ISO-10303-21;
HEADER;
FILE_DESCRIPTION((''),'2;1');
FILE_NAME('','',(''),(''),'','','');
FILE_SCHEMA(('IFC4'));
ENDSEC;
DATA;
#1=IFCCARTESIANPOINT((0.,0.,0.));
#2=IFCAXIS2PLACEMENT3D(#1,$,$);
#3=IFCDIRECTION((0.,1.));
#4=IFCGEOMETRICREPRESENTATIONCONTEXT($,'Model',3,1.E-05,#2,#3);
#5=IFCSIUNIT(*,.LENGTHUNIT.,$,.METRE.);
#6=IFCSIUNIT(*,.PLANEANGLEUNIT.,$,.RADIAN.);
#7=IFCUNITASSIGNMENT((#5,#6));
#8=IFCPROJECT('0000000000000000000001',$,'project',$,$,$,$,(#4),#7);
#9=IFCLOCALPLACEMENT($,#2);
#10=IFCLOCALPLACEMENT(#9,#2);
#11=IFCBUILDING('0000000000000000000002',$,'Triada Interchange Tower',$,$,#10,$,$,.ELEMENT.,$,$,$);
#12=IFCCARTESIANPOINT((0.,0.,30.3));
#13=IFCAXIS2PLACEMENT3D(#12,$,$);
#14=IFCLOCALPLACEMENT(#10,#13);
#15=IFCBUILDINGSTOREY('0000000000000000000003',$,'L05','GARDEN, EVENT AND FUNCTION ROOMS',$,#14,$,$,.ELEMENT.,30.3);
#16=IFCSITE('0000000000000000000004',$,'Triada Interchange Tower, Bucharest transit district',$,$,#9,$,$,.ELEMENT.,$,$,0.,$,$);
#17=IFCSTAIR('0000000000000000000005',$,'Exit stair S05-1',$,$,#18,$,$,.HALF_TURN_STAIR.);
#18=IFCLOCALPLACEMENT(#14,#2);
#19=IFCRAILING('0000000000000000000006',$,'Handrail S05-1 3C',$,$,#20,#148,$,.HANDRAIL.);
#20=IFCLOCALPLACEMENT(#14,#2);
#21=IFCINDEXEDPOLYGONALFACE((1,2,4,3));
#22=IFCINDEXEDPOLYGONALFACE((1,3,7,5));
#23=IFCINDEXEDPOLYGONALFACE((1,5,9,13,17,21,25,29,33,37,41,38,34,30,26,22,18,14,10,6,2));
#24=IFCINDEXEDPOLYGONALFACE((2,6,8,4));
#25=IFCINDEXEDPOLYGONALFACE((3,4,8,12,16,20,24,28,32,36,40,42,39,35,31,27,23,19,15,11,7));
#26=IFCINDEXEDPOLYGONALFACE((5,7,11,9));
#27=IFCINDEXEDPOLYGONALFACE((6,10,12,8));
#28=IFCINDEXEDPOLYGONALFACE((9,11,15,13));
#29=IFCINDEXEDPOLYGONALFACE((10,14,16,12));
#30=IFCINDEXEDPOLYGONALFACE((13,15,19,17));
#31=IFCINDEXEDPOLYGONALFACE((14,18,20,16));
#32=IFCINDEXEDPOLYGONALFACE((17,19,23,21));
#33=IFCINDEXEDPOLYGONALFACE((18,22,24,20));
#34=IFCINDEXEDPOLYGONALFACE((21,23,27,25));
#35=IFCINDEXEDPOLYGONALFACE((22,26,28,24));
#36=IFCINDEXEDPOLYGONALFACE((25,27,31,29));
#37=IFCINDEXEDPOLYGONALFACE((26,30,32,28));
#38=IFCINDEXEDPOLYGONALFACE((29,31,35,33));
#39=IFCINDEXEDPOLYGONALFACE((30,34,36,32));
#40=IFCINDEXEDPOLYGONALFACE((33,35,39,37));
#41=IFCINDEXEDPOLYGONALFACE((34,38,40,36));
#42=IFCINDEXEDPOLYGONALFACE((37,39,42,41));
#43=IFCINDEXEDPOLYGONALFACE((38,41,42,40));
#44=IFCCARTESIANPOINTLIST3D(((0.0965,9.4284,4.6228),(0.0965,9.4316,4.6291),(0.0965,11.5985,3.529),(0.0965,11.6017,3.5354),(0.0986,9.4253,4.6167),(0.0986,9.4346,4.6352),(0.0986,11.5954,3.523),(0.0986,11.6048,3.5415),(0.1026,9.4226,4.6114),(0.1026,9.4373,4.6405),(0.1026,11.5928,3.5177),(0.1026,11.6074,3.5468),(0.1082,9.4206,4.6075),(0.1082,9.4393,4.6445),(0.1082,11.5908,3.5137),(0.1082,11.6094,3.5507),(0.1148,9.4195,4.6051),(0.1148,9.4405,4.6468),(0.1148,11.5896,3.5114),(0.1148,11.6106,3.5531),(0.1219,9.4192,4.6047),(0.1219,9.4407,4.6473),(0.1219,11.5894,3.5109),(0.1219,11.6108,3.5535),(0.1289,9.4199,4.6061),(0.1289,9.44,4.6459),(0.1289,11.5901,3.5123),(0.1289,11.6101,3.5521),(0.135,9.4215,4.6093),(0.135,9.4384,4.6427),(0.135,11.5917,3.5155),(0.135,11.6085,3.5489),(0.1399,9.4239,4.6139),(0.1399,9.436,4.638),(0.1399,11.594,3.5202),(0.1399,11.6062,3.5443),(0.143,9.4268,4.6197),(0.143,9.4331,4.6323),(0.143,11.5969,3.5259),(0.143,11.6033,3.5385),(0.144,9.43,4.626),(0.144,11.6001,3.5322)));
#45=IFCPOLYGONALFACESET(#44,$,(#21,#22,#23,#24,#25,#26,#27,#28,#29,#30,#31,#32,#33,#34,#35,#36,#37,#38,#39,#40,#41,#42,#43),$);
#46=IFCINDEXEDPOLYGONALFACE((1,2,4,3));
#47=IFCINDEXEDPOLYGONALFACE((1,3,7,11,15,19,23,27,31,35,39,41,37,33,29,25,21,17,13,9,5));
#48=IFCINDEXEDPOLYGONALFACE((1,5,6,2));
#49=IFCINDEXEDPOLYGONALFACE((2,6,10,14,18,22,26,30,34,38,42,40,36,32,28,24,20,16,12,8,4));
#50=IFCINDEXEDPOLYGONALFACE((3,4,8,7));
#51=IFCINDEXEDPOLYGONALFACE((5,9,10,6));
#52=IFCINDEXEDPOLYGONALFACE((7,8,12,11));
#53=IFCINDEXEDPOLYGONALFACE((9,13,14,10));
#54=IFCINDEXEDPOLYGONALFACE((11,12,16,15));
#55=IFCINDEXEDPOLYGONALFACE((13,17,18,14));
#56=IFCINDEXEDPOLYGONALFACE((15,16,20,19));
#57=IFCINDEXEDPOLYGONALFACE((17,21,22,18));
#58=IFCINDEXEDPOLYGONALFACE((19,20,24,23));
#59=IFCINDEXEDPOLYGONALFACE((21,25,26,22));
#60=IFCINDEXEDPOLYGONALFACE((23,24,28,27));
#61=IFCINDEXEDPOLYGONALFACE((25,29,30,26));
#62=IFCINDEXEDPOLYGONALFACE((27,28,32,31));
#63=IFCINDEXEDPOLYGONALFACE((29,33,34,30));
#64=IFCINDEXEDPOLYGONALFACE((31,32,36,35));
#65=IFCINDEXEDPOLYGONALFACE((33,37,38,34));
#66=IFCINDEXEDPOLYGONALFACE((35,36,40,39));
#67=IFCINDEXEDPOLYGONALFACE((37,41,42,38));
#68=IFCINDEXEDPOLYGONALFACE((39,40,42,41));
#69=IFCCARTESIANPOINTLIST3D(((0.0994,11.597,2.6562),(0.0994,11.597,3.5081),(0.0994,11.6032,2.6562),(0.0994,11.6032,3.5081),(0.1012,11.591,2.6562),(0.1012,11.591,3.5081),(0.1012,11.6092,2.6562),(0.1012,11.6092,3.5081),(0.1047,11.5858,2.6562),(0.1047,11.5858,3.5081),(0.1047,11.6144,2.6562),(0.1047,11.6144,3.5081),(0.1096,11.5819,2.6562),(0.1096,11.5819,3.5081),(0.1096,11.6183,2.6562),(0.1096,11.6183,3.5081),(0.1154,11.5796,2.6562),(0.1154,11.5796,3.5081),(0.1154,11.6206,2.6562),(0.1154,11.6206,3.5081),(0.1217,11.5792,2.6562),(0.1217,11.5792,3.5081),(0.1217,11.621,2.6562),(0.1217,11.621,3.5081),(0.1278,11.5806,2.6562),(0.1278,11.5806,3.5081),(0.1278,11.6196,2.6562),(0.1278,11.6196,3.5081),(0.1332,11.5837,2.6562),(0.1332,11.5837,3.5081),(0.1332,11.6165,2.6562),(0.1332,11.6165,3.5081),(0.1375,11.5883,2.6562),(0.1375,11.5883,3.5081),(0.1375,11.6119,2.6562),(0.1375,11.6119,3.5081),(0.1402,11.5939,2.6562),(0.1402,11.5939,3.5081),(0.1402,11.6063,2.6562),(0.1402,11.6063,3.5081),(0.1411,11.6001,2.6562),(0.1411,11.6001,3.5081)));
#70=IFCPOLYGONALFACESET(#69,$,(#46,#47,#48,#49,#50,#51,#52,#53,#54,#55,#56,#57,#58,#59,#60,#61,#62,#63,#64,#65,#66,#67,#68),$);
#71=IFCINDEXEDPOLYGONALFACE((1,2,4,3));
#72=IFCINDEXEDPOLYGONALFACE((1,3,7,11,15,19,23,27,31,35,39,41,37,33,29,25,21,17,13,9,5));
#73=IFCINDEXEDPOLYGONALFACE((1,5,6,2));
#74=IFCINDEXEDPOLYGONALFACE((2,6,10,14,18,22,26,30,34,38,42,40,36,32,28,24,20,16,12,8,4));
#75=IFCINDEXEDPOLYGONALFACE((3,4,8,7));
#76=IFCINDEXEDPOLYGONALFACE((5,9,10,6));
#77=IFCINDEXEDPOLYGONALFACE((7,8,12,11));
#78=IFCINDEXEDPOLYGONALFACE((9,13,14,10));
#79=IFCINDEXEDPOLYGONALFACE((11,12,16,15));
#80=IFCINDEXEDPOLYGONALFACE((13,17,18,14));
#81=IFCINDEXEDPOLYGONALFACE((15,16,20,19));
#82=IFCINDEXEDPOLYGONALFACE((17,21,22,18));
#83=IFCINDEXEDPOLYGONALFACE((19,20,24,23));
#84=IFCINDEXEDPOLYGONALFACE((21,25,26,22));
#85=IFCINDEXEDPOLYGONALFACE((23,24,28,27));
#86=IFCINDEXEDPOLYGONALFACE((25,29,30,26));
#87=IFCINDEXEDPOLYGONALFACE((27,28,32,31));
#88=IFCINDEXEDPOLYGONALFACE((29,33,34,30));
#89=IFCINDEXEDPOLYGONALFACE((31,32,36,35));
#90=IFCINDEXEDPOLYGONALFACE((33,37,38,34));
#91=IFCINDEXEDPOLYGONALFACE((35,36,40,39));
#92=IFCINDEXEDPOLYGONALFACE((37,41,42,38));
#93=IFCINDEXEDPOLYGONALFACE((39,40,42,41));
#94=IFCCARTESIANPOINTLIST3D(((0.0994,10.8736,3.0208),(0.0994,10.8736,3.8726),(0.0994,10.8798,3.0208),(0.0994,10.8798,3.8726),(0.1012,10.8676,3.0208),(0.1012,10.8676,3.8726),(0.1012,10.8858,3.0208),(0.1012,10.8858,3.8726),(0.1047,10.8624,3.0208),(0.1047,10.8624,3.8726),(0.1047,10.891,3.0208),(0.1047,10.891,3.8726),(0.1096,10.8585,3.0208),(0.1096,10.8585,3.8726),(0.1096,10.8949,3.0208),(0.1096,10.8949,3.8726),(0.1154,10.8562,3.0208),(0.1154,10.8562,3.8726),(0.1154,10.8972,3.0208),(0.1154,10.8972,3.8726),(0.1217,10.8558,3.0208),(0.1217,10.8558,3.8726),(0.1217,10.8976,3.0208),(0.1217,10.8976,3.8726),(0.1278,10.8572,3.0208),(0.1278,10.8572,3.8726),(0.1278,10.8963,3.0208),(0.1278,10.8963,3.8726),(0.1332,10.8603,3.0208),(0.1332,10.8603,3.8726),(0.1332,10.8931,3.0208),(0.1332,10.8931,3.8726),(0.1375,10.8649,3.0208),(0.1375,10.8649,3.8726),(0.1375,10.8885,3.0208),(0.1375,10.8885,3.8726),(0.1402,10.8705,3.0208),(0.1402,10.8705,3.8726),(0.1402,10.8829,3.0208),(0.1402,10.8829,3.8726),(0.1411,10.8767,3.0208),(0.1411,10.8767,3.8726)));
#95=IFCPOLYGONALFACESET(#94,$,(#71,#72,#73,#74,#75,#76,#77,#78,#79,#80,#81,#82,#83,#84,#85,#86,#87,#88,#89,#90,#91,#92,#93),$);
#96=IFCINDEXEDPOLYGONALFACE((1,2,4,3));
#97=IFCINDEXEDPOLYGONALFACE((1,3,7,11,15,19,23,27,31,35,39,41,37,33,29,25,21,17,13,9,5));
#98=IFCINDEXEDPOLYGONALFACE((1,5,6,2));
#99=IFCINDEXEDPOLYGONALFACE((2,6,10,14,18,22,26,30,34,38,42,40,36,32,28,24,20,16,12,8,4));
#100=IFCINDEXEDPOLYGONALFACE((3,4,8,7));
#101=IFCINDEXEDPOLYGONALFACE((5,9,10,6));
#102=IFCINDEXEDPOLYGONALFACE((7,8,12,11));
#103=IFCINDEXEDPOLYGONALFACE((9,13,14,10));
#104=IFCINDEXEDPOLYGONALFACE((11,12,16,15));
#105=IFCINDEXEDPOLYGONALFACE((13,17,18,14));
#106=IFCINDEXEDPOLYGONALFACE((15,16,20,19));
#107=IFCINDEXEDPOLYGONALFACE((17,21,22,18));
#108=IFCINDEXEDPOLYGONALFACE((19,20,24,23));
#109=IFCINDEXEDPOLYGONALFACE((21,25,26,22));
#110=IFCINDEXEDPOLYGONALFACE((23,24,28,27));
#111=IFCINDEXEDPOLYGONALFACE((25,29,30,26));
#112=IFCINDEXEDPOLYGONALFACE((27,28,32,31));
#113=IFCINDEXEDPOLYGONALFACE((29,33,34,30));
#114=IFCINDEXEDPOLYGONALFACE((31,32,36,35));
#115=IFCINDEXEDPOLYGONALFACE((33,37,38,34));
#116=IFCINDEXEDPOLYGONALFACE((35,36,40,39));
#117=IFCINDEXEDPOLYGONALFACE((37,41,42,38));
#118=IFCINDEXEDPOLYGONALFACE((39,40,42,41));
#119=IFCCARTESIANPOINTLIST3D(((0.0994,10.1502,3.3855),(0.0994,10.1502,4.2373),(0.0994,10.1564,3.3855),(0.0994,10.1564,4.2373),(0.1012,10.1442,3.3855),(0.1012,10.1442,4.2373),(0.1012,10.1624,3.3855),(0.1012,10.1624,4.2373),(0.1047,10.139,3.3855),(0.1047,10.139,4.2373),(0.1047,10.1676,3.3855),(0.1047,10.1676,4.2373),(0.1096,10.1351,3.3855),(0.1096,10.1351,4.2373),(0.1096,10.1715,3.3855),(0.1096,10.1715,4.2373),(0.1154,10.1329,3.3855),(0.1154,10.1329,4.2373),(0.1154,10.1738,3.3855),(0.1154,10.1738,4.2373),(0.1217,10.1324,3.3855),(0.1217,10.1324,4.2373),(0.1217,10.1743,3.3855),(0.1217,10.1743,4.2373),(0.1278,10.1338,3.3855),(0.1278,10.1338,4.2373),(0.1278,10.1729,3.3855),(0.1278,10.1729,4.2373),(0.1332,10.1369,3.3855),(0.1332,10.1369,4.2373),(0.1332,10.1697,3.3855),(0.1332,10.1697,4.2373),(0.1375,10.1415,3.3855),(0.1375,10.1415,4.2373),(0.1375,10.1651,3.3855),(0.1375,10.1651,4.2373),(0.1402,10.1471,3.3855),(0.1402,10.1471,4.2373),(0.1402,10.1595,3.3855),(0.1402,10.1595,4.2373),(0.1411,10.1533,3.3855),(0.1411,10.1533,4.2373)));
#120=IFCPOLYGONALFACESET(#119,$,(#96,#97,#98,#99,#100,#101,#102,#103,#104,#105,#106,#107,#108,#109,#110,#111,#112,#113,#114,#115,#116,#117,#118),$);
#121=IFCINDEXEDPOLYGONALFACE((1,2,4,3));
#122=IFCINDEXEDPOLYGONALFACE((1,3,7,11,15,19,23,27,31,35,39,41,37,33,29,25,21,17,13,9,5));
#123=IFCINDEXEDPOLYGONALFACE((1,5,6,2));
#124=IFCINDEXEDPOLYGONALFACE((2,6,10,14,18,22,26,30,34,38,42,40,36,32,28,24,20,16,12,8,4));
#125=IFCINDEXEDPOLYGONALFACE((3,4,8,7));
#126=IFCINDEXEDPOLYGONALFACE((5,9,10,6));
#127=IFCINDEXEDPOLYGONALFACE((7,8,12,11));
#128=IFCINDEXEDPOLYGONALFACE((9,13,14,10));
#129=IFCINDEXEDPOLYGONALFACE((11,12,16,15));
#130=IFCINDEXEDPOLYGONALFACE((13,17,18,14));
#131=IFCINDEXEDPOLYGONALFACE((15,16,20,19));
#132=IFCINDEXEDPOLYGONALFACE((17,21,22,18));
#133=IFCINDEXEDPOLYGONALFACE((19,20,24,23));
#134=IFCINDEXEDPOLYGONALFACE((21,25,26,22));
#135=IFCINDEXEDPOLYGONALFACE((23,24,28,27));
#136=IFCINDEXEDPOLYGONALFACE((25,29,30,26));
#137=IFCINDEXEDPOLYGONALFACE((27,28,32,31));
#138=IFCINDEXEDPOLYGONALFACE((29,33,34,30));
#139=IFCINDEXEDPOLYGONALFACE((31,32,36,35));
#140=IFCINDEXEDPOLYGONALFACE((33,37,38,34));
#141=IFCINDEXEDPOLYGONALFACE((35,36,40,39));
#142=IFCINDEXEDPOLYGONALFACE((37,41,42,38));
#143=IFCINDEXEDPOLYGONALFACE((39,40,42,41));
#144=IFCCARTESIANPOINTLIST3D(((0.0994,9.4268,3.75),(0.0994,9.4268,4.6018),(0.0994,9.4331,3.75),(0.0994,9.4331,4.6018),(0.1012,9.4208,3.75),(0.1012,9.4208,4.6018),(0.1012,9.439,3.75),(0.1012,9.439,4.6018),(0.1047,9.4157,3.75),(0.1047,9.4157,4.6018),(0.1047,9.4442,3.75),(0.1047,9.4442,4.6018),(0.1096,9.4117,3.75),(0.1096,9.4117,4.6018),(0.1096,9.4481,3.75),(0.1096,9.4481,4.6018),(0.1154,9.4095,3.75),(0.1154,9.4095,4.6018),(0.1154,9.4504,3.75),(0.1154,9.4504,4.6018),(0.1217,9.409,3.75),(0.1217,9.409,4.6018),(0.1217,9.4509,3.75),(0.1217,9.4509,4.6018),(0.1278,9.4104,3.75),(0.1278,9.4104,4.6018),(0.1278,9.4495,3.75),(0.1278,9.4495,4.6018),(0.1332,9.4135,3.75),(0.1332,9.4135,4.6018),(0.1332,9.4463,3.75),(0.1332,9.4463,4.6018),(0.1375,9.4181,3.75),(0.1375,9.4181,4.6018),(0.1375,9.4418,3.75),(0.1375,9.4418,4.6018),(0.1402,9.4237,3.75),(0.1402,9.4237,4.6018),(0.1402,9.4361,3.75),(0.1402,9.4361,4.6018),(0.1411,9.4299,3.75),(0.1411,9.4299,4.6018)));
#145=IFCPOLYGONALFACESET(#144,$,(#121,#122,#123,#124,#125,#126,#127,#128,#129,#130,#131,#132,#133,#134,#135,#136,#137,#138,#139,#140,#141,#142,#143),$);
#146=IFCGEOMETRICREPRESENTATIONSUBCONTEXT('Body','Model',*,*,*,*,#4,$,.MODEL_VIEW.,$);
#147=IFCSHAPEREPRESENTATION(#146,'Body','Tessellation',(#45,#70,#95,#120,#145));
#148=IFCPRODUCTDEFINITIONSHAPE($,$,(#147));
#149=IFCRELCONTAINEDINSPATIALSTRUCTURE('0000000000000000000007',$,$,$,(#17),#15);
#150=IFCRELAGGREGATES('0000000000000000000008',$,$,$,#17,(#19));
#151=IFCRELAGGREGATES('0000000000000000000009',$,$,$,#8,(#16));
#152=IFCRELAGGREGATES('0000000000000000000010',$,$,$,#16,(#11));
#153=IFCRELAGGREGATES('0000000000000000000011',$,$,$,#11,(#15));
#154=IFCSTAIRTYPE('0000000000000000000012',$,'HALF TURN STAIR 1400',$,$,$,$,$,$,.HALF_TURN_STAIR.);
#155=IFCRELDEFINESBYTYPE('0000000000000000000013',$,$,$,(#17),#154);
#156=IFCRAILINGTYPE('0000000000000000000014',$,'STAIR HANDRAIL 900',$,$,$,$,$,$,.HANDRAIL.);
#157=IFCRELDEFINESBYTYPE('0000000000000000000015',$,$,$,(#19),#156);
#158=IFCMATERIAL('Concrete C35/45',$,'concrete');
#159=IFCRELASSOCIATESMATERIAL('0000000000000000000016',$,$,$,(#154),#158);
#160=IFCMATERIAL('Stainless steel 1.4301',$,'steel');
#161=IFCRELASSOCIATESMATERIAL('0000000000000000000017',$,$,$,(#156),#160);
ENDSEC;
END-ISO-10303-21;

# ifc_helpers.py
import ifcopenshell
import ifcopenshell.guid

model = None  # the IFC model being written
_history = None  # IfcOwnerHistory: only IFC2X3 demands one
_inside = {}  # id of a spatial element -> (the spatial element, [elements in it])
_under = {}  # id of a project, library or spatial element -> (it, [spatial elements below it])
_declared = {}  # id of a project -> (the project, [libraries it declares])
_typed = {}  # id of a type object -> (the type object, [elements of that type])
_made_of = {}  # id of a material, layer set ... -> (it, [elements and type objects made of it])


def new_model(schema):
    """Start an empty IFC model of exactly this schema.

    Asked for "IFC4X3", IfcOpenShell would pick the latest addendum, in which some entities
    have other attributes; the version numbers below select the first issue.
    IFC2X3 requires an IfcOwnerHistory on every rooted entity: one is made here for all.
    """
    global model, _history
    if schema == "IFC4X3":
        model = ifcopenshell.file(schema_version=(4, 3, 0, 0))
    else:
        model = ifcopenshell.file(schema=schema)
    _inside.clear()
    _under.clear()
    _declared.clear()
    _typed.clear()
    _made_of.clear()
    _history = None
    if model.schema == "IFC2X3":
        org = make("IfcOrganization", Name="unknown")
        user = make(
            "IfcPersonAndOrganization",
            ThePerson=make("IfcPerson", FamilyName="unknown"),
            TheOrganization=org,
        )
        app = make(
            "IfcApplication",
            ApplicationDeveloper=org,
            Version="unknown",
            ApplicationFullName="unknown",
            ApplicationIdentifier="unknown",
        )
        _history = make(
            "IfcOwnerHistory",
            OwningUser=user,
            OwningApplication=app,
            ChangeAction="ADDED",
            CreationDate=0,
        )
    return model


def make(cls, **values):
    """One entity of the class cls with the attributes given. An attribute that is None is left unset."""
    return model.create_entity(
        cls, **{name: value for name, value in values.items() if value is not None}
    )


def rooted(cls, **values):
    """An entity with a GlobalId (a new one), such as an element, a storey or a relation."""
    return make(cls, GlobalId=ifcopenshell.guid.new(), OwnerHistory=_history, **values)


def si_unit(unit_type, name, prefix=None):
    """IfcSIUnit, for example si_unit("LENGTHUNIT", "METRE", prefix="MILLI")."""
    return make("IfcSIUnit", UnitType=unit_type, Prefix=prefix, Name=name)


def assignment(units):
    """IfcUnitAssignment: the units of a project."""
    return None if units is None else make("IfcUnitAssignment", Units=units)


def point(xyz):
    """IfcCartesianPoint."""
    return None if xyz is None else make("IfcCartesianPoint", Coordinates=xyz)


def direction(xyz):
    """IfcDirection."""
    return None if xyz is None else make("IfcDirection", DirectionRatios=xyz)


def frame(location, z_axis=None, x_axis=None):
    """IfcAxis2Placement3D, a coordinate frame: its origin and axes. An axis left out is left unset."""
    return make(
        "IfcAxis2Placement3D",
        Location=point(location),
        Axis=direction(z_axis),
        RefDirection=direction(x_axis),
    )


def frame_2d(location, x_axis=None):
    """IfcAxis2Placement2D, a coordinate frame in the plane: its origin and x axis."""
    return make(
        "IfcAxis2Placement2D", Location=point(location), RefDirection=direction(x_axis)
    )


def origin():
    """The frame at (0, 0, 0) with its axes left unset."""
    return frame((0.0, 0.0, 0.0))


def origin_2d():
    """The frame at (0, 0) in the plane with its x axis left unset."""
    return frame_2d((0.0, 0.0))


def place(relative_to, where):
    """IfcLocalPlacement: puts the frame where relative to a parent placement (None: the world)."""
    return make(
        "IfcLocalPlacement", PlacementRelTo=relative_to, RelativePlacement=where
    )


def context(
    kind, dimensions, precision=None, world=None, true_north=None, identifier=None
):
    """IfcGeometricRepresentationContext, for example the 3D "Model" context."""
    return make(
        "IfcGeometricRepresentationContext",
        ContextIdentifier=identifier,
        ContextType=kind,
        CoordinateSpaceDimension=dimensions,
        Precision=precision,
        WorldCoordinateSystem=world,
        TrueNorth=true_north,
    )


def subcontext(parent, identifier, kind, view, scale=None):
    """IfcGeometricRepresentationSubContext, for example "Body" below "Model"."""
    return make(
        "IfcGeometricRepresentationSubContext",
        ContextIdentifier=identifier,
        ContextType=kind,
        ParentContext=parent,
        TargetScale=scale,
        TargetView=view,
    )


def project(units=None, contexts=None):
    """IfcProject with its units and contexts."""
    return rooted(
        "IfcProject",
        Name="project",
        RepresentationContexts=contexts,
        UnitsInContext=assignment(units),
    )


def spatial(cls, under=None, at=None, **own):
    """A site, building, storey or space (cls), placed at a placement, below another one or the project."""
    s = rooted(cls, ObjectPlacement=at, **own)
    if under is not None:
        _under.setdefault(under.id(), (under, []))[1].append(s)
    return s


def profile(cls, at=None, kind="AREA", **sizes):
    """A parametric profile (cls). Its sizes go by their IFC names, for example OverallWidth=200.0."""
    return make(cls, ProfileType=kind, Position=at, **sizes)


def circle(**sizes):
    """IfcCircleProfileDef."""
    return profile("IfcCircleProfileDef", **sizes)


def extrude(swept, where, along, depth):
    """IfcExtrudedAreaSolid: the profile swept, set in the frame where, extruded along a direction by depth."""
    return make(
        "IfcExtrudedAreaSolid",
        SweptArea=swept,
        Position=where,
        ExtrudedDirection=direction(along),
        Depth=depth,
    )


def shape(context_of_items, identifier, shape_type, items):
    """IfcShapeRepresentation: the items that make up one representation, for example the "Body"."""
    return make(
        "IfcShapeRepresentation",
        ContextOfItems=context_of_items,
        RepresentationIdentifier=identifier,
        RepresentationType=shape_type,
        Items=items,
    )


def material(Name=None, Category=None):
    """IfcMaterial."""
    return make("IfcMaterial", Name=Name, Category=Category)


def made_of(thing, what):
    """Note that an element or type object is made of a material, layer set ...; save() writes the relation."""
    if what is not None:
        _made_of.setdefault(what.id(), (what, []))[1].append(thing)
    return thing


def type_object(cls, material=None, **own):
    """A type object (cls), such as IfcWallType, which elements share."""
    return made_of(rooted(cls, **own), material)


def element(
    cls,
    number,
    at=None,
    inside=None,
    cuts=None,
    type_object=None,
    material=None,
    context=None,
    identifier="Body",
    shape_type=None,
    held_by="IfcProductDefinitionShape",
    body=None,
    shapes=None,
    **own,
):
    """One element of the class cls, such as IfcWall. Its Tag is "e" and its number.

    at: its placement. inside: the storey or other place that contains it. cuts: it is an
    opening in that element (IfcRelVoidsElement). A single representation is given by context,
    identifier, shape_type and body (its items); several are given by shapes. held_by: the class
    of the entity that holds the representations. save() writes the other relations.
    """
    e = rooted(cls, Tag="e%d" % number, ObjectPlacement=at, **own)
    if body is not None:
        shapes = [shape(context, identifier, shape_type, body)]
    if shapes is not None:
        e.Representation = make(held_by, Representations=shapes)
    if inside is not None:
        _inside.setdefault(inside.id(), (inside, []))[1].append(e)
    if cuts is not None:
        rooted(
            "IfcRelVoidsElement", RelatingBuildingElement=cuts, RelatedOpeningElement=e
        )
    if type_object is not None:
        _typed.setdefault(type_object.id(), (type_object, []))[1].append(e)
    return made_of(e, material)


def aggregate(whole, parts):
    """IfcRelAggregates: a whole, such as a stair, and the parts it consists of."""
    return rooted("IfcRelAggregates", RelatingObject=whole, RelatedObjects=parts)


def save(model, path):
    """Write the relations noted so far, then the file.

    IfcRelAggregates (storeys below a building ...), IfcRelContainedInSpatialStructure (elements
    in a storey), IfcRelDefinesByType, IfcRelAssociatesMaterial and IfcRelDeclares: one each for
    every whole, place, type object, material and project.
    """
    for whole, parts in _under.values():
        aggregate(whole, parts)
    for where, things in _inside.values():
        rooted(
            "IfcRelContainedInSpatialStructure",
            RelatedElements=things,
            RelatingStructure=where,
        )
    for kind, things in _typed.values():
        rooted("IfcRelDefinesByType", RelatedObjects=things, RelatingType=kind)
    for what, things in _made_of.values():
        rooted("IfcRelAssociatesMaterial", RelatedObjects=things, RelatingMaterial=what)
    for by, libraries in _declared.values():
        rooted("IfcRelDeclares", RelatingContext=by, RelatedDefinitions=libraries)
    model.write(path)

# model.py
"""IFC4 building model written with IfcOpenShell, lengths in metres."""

from ifc_helpers import new_model, si_unit, direction, frame, origin, origin_2d, place, context, subcontext, project, spatial, circle, extrude, material, type_object, element, aggregate, save


model = new_model("IFC4")

# Units and contexts
model_context = context("Model", 3, precision=1e-05, world=origin(), true_north=direction((0.0, 1.0)))
body_context = subcontext(model_context, "Body", "Model", "MODEL_VIEW")
ifc_project = project(units=[si_unit("LENGTHUNIT", "METRE"), si_unit("PLANEANGLEUNIT", "RADIAN")], contexts=[model_context])

# Site, building, storey
site_placement = place(None, origin())
site = spatial("IfcSite", under=ifc_project, at=site_placement, Name="Triada Interchange Tower, Bucharest transit district", CompositionType="ELEMENT", RefElevation=0.0)
building_placement = place(site_placement, origin())
building = spatial("IfcBuilding", under=site, at=building_placement, Name="Triada Interchange Tower", CompositionType="ELEMENT")
storey_placement = place(building_placement, frame((0.0, 0.0, 30.3)))
storey = spatial("IfcBuildingStorey", under=building, at=storey_placement, Name="L05", Description="GARDEN, EVENT AND FUNCTION ROOMS", CompositionType="ELEMENT", Elevation=30.3)

# Shared definitions
ifc_material_1 = material(Name="Concrete C35/45", Category="concrete")

# Stair, railing
stair_type = type_object("IfcStairType", Name="HALF TURN STAIR 1400", PredefinedType="HALF_TURN_STAIR", material=ifc_material_1)
stair_placement = place(storey_placement, origin())
stair = element("IfcStair", 1, at=stair_placement, inside=storey, type_object=stair_type, Name="Exit stair S05-1", PredefinedType="HALF_TURN_STAIR")
ifc_material_2 = material(Name="Stainless steel 1.4301", Category="steel")
railing_type_1 = type_object("IfcRailingType", Name="STAIR HANDRAIL 900", PredefinedType="HANDRAIL", material=ifc_material_2)
railing_1_placement = place(storey_placement, frame((0.1201, 11.6001, 2.6562)))
railing_1 = element("IfcRailing", 2, at=railing_1_placement, type_object=railing_type_1, Name="Handrail S05-1 3C", PredefinedType="HANDRAIL", context=body_context, shape_type="SweptSolid", body=[
    extrude(circle(Radius=0.0239, at=origin_2d()), frame((0.0, 0.0, 0.876), z_axis=(0.0, -0.892996, 0.450064), x_axis=(1.0, 0.0, 0.0)), (0.0, 0.0, 1.0), 2.4302),
    extrude(circle(Radius=0.021, at=origin_2d()), origin(), (0.0, 0.0, 1.0), 0.8518),
    extrude(circle(Radius=0.021, at=origin_2d()), frame((0.0, -0.7234, 0.3645)), (0.0, 0.0, 1.0), 0.8518),
    extrude(circle(Radius=0.021, at=origin_2d()), frame((0.0, -1.4468, 0.7292)), (0.0, 0.0, 1.0), 0.8518),
    extrude(circle(Radius=0.021, at=origin_2d()), frame((0.0, -2.1702, 1.0938)), (0.0, 0.0, 1.0), 0.8518),
])
aggregate(stair, [railing_1])

save(model, "model.ifc")
